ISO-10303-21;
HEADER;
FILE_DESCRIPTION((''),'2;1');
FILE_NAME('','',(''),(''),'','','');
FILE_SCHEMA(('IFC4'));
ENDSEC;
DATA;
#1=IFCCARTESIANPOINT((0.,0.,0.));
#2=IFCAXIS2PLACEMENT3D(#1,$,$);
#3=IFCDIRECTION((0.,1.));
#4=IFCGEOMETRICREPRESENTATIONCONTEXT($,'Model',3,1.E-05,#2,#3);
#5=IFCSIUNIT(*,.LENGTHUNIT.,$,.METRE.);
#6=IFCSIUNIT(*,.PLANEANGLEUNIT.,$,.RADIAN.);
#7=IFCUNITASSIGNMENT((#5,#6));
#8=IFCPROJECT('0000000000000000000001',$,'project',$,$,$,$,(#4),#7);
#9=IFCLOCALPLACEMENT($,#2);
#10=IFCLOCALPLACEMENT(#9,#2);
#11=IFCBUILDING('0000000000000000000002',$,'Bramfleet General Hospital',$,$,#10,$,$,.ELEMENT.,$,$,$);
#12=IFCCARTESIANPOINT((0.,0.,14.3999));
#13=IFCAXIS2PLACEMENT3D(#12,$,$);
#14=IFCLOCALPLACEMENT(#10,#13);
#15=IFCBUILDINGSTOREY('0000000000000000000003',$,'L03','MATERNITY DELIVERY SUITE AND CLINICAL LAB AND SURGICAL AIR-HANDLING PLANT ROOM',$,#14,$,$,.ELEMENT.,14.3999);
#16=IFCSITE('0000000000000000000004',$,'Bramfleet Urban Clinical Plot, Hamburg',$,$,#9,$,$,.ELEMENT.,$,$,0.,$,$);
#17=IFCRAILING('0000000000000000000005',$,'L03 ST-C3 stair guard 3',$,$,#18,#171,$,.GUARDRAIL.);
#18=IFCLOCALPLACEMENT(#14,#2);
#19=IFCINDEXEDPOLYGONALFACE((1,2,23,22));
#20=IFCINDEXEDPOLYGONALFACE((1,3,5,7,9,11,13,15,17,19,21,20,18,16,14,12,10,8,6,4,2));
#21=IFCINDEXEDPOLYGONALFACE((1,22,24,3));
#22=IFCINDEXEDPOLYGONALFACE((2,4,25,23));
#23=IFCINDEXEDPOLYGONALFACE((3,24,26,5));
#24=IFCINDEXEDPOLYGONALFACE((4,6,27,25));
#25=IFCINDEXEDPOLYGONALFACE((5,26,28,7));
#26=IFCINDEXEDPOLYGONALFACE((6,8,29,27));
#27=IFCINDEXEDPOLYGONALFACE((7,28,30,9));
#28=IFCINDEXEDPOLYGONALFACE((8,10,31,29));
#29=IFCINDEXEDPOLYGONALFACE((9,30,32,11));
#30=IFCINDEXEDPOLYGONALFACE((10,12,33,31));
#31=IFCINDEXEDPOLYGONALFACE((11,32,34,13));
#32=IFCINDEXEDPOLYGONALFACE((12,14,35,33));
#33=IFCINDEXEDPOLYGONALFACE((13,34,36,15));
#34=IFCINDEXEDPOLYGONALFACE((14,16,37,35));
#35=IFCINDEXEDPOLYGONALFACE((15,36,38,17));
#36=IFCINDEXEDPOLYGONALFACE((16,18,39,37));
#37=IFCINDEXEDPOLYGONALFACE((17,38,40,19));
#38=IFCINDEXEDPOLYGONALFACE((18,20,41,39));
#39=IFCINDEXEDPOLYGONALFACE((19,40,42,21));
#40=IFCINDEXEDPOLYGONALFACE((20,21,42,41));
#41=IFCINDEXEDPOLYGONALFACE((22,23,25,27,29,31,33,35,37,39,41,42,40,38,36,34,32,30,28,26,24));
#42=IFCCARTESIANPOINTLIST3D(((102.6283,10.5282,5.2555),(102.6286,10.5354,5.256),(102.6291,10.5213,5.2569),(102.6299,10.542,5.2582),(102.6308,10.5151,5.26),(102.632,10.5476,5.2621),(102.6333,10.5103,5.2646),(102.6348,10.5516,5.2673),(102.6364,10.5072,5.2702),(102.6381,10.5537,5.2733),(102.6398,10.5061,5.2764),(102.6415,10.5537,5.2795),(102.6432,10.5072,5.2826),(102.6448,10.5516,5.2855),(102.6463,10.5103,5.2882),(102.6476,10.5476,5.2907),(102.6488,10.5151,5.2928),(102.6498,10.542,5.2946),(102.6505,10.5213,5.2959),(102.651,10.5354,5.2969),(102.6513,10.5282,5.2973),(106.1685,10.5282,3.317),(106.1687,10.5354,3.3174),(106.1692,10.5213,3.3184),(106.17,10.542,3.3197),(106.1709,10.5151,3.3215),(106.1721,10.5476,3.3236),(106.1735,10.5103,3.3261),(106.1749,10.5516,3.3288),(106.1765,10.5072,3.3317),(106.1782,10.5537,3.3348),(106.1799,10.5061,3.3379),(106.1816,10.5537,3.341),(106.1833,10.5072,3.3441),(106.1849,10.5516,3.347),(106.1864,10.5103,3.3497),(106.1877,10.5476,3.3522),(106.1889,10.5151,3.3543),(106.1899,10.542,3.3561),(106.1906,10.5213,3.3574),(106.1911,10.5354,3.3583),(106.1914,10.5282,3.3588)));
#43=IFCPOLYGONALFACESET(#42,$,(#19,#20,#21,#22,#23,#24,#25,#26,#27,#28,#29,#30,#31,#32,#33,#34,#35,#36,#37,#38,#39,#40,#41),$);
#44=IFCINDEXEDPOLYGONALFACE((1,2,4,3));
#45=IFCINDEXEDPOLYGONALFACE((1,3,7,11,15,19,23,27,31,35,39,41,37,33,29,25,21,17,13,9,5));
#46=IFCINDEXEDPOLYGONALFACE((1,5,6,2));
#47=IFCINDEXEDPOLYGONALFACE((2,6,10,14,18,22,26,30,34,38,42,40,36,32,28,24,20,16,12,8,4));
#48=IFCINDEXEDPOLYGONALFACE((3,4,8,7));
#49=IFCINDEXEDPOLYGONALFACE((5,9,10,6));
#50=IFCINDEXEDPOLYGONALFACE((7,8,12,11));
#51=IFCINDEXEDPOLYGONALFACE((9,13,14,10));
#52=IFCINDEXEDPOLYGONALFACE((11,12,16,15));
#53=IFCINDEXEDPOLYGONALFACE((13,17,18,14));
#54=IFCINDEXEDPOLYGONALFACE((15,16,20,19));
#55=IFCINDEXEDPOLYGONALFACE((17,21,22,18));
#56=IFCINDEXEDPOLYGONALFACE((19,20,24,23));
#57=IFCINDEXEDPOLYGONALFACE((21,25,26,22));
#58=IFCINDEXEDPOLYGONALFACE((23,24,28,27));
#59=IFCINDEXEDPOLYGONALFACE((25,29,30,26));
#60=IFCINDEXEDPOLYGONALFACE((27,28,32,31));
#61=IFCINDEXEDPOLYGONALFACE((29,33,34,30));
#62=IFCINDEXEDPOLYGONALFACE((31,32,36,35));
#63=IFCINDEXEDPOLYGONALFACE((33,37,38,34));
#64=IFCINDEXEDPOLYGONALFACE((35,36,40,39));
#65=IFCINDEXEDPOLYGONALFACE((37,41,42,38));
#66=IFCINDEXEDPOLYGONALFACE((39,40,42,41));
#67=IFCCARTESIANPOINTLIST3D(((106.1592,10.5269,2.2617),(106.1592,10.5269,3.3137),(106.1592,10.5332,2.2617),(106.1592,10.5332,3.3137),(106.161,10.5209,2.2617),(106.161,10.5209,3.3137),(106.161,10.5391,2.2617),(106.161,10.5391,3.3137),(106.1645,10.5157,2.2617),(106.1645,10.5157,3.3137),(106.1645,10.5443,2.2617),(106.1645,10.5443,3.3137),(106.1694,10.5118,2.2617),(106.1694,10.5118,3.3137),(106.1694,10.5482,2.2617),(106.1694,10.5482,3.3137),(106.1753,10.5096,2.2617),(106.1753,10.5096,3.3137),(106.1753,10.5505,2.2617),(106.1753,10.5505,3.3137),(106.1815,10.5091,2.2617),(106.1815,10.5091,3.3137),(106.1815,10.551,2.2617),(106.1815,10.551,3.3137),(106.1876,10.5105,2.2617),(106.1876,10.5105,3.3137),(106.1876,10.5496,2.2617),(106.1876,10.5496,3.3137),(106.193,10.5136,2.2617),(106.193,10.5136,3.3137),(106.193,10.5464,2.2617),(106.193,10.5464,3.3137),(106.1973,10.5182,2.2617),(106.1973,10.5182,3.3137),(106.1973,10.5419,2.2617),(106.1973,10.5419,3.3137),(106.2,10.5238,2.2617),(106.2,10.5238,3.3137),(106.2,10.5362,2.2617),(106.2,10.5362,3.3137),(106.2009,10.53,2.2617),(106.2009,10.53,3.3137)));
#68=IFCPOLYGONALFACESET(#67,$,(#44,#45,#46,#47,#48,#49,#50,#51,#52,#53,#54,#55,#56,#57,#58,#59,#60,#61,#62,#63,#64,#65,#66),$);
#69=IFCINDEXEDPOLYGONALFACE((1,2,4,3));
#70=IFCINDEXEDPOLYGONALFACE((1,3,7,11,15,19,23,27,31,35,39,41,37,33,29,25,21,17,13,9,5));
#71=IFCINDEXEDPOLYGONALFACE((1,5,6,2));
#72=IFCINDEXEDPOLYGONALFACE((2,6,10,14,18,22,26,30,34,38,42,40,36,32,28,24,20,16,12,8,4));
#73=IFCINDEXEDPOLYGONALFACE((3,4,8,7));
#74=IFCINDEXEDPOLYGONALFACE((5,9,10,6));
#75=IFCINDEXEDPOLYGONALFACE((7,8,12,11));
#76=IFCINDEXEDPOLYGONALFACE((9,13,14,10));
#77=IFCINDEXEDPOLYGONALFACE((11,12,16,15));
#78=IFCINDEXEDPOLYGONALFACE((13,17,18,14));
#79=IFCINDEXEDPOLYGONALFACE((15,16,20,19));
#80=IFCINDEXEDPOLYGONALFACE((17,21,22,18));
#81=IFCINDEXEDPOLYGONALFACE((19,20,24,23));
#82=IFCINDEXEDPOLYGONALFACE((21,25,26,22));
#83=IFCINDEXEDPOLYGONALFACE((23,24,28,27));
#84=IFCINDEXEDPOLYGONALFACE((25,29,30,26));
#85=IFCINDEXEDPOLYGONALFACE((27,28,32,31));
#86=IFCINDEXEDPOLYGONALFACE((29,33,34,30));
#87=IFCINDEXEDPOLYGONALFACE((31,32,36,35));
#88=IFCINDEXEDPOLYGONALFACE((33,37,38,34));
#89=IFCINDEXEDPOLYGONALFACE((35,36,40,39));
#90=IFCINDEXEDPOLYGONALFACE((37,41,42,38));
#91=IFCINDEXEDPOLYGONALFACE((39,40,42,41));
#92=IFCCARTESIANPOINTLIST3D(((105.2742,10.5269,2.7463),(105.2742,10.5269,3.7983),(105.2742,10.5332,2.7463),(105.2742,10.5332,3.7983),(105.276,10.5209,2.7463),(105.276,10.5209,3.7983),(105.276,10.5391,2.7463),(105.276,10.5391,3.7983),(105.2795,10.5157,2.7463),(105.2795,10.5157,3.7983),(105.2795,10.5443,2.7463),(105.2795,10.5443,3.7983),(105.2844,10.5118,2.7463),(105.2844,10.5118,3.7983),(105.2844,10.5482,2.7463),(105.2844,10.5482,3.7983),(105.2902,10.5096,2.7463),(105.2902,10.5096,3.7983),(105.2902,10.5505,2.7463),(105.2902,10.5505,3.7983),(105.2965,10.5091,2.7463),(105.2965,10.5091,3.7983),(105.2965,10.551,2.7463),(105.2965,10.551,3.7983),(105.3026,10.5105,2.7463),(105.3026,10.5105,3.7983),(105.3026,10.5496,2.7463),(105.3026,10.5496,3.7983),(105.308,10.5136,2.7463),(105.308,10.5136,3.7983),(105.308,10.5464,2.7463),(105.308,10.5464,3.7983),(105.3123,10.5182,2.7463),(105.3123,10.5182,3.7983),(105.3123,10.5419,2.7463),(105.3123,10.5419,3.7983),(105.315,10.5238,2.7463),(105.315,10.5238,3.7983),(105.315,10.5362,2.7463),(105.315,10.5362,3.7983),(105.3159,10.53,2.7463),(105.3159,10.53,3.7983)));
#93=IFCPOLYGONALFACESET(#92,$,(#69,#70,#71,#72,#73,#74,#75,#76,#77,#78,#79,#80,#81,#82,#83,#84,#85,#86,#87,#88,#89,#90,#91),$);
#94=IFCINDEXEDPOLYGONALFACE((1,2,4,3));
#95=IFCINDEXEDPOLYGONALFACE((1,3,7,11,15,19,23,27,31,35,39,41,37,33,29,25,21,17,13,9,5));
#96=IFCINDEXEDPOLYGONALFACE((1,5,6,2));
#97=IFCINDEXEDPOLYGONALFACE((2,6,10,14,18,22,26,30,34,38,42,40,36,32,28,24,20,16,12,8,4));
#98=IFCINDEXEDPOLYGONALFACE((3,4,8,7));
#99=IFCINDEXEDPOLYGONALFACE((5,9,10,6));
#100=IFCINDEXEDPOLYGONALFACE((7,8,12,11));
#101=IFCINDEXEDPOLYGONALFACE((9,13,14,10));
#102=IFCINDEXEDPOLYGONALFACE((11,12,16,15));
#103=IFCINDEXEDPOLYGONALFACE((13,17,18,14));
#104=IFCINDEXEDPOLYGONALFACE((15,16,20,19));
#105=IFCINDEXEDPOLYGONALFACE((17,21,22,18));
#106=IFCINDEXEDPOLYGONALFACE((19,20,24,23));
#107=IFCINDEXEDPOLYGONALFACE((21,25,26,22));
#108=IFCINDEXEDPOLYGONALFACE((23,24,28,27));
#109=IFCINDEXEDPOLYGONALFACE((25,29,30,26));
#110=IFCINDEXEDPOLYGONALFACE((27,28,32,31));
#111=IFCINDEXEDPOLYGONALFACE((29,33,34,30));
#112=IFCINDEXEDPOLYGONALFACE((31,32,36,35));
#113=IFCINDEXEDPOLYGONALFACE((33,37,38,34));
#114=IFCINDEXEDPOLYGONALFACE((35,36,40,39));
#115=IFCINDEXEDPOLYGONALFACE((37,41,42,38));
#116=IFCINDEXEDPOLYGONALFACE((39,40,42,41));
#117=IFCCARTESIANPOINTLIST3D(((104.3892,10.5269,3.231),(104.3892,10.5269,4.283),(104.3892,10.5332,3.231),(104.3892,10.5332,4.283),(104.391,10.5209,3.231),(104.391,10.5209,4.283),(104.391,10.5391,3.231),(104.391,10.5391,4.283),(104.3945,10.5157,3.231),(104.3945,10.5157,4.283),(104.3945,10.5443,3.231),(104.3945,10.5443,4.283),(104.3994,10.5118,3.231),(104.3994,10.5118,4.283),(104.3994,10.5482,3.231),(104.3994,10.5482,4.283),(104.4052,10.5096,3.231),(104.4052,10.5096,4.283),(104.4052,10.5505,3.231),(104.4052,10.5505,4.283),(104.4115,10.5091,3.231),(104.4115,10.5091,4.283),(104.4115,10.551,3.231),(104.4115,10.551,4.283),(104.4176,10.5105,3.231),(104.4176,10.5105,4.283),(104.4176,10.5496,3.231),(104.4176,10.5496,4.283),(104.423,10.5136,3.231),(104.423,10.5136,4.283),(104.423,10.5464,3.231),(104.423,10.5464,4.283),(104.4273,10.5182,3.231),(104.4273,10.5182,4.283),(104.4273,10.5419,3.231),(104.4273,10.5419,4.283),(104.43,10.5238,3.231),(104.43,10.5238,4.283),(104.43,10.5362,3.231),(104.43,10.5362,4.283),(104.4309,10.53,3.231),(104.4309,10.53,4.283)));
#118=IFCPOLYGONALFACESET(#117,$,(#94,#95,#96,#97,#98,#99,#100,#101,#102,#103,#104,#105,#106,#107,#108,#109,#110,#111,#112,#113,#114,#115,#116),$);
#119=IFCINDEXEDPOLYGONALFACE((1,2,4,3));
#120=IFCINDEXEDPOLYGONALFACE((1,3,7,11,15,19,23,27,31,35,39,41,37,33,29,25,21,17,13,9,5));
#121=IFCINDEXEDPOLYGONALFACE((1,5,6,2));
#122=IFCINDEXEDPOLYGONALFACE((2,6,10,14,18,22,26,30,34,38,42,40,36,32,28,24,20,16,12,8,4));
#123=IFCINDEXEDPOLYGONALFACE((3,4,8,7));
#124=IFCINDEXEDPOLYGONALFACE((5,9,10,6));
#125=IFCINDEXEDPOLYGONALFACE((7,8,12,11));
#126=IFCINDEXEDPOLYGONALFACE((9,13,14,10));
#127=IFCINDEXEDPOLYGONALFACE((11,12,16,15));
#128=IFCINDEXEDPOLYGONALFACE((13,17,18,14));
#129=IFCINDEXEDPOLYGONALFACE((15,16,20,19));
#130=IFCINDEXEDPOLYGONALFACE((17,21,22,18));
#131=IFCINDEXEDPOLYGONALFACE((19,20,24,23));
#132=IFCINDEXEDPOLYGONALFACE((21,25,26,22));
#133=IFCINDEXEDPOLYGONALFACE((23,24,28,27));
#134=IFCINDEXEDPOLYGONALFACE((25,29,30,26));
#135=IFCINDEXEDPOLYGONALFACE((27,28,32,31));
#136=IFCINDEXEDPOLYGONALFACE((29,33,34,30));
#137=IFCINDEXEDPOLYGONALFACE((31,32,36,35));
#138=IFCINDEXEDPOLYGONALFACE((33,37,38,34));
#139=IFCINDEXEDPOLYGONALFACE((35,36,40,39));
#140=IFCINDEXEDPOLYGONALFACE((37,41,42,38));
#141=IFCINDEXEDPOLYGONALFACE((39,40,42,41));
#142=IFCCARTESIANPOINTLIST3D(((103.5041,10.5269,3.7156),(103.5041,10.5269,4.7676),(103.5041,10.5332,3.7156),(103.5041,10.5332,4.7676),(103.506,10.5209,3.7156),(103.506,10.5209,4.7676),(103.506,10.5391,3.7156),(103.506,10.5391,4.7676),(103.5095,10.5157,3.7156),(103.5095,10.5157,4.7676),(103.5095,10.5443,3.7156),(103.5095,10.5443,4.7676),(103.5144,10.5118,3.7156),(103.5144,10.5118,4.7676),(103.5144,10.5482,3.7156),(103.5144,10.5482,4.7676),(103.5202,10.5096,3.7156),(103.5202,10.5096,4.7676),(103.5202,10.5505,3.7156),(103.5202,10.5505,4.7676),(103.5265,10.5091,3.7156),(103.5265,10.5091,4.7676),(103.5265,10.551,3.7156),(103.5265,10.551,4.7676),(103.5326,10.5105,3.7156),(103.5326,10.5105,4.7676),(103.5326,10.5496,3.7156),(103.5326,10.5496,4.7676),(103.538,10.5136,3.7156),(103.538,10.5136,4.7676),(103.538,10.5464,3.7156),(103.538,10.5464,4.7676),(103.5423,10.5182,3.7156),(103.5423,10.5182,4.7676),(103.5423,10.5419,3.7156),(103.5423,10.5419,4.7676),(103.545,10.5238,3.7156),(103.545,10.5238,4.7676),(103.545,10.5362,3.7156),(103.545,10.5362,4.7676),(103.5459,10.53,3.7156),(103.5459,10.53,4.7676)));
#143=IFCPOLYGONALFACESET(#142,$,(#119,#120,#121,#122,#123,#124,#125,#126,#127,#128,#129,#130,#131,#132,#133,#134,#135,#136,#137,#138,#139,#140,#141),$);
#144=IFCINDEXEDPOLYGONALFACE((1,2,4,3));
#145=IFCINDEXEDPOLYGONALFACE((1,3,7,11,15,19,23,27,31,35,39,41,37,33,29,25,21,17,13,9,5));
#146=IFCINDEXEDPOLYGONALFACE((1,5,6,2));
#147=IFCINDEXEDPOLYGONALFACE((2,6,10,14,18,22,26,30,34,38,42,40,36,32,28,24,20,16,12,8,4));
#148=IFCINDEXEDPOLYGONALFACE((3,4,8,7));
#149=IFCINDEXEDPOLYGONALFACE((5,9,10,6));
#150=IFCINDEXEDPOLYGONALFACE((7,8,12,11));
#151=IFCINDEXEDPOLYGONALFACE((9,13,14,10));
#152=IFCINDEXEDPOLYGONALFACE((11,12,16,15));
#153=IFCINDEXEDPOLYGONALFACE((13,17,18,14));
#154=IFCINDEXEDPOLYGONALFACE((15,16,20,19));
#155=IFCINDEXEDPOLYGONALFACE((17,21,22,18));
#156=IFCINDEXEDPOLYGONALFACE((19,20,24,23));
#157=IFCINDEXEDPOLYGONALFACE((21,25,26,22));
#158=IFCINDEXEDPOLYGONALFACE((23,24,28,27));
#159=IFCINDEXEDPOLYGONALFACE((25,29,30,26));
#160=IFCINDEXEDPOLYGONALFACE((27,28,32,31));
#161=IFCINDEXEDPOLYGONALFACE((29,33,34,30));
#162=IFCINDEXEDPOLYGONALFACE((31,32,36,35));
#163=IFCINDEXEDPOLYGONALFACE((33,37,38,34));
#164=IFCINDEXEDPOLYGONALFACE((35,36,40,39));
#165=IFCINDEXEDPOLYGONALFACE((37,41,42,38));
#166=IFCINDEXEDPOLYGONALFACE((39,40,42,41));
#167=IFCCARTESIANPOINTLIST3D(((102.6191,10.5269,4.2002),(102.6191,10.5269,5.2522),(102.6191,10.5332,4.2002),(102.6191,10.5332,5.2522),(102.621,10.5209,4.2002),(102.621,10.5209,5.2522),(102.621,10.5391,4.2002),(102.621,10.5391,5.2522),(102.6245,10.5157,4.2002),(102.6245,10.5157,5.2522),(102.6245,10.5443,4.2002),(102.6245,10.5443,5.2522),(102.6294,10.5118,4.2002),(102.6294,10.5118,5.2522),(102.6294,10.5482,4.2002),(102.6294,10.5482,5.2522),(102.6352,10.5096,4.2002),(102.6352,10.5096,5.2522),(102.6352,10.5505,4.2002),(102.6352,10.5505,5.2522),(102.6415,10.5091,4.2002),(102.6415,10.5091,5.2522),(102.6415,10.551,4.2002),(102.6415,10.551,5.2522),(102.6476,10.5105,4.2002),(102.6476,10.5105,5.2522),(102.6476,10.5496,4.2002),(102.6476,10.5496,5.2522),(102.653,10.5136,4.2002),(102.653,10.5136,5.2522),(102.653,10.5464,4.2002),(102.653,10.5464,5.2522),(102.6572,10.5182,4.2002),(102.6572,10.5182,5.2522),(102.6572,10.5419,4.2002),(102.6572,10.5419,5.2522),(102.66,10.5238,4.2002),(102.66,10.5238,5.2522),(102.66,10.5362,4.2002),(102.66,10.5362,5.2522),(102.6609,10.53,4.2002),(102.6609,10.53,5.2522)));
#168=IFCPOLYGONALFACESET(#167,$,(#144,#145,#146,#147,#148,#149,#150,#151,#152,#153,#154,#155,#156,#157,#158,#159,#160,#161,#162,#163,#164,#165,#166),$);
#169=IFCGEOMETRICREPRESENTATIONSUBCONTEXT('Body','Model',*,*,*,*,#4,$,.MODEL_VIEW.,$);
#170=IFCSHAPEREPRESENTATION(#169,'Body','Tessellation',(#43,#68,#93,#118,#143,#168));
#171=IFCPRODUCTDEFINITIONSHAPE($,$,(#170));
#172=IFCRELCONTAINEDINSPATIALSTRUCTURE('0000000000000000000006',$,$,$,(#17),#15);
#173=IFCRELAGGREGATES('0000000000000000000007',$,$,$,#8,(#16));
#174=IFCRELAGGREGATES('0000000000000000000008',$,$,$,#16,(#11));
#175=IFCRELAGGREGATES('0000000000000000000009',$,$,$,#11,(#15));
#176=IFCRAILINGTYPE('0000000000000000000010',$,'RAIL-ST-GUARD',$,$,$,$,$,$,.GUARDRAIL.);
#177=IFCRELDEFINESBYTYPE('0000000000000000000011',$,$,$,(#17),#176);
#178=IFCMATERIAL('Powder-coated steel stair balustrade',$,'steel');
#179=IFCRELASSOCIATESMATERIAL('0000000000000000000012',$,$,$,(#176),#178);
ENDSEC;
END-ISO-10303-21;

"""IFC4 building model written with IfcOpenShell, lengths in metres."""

from ifc_helpers import new_model, si_unit, direction, frame, origin, origin_2d, place, context, subcontext, project, spatial, circle, extrude, material, type_object, element, save


model = new_model("IFC4")

# Units and contexts
model_context = context("Model", 3, precision=1e-05, world=origin(), true_north=direction((0.0, 1.0)))
body_context = subcontext(model_context, "Body", "Model", "MODEL_VIEW")
ifc_project = project(units=[si_unit("LENGTHUNIT", "METRE"), si_unit("PLANEANGLEUNIT", "RADIAN")], contexts=[model_context])

# Site, building, storey
site_placement = place(None, origin())
site = spatial("IfcSite", under=ifc_project, at=site_placement, Name="Bramfleet Urban Clinical Plot, Hamburg", CompositionType="ELEMENT", RefElevation=0.0)
building_placement = place(site_placement, origin())
building = spatial("IfcBuilding", under=site, at=building_placement, Name="Bramfleet General Hospital", CompositionType="ELEMENT")
storey_placement = place(building_placement, frame((0.0, 0.0, 14.3999)))
storey = spatial("IfcBuildingStorey", under=building, at=storey_placement, Name="L03", Description="MATERNITY DELIVERY SUITE AND CLINICAL LAB AND SURGICAL AIR-HANDLING PLANT ROOM", CompositionType="ELEMENT", Elevation=14.3999)

# Railing
ifc_material_1 = material(Name="Powder-coated steel stair balustrade", Category="steel")
railing_type_1 = type_object("IfcRailingType", Name="RAIL-ST-GUARD", PredefinedType="GUARDRAIL", material=ifc_material_1)
railing_1_placement = place(storey_placement, frame((106.1799, 10.53, 2.2617)))
element("IfcRailing", 1, at=railing_1_placement, inside=storey, type_object=railing_type_1, Name="L03 ST-C3 stair guard 3", PredefinedType="GUARDRAIL", context=body_context, shape_type="SweptSolid", body=[
    extrude(circle(Radius=0.0239, at=origin_2d()), frame((0.0, 0.0, 1.0762), z_axis=(-0.877108, 0.0, 0.480292), x_axis=(0.0, -1.0, 0.0)), (0.0, 0.0, 1.0), 4.0361),
    extrude(circle(Radius=0.021, at=origin_2d()), origin(), (0.0, 0.0, 1.0), 1.052),
    extrude(circle(Radius=0.021, at=origin_2d()), frame((-0.885, 0.0, 0.4846)), (0.0, 0.0, 1.0), 1.052),
    extrude(circle(Radius=0.021, at=origin_2d()), frame((-1.77, 0.0, 0.9692)), (0.0, 0.0, 1.0), 1.052),
    extrude(circle(Radius=0.021, at=origin_2d()), frame((-2.655, 0.0, 1.4539)), (0.0, 0.0, 1.0), 1.052),
    extrude(circle(Radius=0.021, at=origin_2d()), frame((-3.54, 0.0, 1.9385)), (0.0, 0.0, 1.0), 1.052),
])

save(model, "model.ifc")
